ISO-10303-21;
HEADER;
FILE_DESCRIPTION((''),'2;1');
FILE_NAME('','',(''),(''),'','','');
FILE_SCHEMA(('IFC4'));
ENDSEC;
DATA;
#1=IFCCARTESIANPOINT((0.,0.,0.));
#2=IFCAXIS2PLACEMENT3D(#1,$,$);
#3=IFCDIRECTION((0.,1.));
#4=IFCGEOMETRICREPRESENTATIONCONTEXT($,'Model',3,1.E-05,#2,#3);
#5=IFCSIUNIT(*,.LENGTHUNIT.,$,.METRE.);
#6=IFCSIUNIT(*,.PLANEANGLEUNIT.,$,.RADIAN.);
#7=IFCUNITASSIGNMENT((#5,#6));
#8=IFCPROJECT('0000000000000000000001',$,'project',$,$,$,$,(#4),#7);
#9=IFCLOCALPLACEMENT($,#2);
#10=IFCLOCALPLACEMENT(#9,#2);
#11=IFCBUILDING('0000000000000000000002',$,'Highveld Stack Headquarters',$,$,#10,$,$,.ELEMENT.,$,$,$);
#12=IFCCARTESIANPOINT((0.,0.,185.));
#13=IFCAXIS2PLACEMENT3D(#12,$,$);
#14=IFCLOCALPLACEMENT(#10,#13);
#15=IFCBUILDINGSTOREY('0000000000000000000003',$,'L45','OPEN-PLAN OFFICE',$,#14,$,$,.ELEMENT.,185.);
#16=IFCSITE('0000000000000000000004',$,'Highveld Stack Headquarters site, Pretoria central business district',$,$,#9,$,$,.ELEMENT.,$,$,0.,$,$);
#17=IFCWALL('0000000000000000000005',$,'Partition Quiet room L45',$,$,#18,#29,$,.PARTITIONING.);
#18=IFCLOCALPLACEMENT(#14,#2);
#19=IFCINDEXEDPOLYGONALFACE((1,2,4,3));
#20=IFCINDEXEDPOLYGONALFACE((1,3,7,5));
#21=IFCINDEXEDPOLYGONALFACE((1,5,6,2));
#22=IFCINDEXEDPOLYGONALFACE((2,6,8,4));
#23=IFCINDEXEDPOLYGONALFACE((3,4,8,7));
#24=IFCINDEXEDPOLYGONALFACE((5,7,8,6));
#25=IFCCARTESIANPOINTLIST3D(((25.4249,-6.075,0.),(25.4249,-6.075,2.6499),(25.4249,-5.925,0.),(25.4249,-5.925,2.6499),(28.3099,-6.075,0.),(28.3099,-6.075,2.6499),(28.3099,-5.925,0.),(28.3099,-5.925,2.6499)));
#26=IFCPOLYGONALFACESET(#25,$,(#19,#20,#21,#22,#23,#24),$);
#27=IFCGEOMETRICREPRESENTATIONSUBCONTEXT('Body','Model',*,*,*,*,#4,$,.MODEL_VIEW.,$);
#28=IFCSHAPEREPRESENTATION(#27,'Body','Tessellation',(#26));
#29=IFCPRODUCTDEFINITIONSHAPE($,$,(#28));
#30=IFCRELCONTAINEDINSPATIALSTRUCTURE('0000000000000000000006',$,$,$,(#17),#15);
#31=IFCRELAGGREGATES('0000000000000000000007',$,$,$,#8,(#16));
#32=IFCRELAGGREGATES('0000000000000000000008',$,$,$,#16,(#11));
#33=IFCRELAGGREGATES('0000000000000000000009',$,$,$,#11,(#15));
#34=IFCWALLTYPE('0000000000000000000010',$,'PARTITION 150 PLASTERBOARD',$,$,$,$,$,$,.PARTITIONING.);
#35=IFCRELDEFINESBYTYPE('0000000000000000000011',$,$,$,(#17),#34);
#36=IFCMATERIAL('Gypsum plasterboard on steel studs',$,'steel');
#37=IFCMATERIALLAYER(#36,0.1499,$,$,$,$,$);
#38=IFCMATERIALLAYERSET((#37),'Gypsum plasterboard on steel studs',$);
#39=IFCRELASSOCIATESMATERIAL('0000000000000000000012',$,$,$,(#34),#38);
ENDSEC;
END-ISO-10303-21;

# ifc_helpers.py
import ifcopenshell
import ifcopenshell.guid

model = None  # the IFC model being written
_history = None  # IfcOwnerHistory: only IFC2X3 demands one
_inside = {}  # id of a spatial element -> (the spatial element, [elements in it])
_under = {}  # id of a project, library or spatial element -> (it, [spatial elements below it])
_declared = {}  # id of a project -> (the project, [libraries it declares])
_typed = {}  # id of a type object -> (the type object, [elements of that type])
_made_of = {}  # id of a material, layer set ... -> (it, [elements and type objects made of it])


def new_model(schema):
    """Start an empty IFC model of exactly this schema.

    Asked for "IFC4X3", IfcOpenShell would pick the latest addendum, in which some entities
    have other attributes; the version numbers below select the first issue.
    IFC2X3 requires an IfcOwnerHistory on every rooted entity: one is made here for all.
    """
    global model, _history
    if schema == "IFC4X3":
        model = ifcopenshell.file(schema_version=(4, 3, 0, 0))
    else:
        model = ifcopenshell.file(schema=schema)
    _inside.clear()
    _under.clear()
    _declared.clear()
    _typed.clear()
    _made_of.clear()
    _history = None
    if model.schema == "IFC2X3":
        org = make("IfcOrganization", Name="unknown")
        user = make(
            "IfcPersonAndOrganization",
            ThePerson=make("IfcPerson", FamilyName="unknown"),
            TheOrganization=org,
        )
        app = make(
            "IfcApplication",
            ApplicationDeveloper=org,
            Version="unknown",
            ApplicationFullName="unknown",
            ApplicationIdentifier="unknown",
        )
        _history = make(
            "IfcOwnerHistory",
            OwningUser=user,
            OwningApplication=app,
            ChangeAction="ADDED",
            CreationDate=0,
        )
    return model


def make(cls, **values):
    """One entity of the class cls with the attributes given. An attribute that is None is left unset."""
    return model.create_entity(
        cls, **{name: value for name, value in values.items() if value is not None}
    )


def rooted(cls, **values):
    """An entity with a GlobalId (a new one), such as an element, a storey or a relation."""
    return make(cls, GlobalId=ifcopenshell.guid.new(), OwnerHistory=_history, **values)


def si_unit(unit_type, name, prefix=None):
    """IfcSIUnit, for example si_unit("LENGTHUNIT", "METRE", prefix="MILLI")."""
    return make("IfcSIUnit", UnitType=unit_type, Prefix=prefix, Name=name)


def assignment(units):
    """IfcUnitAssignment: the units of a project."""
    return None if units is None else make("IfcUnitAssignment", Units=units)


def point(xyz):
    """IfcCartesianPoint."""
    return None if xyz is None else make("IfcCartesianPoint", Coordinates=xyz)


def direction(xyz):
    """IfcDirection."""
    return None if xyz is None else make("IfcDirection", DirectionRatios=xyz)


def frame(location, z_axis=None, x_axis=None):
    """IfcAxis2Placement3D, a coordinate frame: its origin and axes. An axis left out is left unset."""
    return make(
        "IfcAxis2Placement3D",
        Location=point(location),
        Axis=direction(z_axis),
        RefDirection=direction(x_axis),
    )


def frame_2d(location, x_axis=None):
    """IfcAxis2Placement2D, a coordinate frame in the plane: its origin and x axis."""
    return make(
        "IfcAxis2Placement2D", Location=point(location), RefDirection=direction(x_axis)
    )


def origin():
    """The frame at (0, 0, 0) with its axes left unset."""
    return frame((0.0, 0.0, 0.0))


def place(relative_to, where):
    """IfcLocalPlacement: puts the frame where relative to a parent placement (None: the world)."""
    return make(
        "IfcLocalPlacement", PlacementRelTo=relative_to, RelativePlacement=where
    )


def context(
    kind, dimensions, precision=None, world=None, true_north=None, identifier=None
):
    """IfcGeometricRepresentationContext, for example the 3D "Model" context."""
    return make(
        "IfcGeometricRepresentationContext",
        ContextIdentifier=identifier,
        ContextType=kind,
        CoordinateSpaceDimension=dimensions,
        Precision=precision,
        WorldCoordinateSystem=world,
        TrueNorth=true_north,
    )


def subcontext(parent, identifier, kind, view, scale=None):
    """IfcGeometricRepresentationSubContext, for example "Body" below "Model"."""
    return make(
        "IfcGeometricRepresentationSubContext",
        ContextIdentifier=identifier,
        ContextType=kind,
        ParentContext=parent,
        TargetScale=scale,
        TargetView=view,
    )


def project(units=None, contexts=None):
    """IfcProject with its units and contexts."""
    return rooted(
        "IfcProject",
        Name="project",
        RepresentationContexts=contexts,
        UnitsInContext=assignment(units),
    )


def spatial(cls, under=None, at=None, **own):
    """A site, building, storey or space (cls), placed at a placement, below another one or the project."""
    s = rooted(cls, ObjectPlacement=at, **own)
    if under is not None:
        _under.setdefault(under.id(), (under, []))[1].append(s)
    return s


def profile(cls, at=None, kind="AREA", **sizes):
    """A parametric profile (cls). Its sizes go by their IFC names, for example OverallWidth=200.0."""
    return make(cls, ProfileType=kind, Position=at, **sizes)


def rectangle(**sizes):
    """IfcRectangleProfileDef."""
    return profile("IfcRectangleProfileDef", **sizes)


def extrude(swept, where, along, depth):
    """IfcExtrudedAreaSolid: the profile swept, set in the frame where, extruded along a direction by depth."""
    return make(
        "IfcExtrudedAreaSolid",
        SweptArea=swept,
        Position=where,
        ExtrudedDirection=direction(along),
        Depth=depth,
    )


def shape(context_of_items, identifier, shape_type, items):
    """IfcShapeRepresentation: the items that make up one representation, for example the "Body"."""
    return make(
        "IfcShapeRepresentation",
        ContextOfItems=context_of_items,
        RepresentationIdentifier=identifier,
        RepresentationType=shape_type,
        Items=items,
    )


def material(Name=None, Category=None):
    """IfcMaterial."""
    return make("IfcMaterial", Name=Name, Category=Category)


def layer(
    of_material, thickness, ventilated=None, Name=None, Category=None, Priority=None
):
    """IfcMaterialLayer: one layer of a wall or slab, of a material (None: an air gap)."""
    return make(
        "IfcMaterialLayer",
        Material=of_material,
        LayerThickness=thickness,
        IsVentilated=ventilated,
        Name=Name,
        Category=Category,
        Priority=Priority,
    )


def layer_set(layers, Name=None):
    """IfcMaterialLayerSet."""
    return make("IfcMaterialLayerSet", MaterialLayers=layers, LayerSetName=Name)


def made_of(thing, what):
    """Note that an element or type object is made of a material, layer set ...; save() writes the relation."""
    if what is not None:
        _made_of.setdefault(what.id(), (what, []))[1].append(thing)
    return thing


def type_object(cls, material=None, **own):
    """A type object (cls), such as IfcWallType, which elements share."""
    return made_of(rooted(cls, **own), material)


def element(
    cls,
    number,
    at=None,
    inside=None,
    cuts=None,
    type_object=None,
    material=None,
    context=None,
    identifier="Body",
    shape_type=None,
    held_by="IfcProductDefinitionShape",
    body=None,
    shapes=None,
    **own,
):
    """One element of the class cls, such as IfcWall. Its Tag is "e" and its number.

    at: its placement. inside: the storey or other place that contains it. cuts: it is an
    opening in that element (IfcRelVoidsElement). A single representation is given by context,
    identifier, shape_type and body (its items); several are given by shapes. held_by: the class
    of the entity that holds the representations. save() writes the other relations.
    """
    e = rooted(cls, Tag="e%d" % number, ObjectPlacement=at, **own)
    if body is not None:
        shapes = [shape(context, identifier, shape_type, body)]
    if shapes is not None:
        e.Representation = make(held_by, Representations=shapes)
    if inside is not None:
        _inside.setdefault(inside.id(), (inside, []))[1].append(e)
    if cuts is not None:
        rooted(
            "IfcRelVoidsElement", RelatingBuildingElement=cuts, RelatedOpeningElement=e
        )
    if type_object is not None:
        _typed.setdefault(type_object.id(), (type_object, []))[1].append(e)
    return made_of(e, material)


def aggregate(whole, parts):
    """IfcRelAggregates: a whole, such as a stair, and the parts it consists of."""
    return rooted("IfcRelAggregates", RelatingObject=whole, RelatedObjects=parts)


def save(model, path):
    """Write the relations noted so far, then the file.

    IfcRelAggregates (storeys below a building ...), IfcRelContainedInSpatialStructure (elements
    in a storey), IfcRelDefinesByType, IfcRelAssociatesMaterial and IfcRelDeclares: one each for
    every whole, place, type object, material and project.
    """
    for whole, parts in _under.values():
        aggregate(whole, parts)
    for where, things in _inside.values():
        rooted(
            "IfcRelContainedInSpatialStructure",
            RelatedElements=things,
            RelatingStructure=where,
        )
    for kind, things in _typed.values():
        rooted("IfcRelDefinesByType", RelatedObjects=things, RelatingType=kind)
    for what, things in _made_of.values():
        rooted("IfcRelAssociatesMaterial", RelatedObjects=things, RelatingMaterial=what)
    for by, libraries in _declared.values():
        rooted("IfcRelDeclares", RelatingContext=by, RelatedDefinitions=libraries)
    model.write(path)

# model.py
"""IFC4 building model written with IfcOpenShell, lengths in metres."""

from ifc_helpers import new_model, si_unit, direction, frame, frame_2d, origin, place, context, subcontext, project, spatial, rectangle, extrude, material, layer, layer_set, type_object, element, save


model = new_model("IFC4")

# Units and contexts
model_context = context("Model", 3, precision=1e-05, world=origin(), true_north=direction((0.0, 1.0)))
body_context = subcontext(model_context, "Body", "Model", "MODEL_VIEW")
ifc_project = project(units=[si_unit("LENGTHUNIT", "METRE"), si_unit("PLANEANGLEUNIT", "RADIAN")], contexts=[model_context])

# Site, building, storey
site_placement = place(None, origin())
site = spatial("IfcSite", under=ifc_project, at=site_placement, Name="Highveld Stack Headquarters site, Pretoria central business district", CompositionType="ELEMENT", RefElevation=0.0)
building_placement = place(site_placement, origin())
building = spatial("IfcBuilding", under=site, at=building_placement, Name="Highveld Stack Headquarters", CompositionType="ELEMENT")
storey_placement = place(building_placement, frame((0.0, 0.0, 185.0)))
storey = spatial("IfcBuildingStorey", under=building, at=storey_placement, Name="L45", Description="OPEN-PLAN OFFICE", CompositionType="ELEMENT", Elevation=185.0)

# Wall
ifc_material_1 = material(Name="Gypsum plasterboard on steel studs", Category="steel")
ifc_layer_1 = layer(ifc_material_1, 0.1499)
ifc_layer_set_1 = layer_set([ifc_layer_1], Name="Gypsum plasterboard on steel studs")
wall_type = type_object("IfcWallType", Name="PARTITION 150 PLASTERBOARD", PredefinedType="PARTITIONING", material=ifc_layer_set_1)
wall_placement = place(storey_placement, frame((25.425, -6.0, 0.0), z_axis=(0.0, 0.0, 1.0), x_axis=(1.0, 0.0, 0.0)))
element("IfcWall", 1, at=wall_placement, inside=storey, type_object=wall_type, Name="Partition Quiet room L45", PredefinedType="PARTITIONING", context=body_context, shape_type="SweptSolid", body=[
    extrude(rectangle(XDim=2.885, YDim=0.1499, at=frame_2d((1.4424, 0.0))), origin(), (0.0, 0.0, 1.0), 2.6499),
])

save(model, "model.ifc")
